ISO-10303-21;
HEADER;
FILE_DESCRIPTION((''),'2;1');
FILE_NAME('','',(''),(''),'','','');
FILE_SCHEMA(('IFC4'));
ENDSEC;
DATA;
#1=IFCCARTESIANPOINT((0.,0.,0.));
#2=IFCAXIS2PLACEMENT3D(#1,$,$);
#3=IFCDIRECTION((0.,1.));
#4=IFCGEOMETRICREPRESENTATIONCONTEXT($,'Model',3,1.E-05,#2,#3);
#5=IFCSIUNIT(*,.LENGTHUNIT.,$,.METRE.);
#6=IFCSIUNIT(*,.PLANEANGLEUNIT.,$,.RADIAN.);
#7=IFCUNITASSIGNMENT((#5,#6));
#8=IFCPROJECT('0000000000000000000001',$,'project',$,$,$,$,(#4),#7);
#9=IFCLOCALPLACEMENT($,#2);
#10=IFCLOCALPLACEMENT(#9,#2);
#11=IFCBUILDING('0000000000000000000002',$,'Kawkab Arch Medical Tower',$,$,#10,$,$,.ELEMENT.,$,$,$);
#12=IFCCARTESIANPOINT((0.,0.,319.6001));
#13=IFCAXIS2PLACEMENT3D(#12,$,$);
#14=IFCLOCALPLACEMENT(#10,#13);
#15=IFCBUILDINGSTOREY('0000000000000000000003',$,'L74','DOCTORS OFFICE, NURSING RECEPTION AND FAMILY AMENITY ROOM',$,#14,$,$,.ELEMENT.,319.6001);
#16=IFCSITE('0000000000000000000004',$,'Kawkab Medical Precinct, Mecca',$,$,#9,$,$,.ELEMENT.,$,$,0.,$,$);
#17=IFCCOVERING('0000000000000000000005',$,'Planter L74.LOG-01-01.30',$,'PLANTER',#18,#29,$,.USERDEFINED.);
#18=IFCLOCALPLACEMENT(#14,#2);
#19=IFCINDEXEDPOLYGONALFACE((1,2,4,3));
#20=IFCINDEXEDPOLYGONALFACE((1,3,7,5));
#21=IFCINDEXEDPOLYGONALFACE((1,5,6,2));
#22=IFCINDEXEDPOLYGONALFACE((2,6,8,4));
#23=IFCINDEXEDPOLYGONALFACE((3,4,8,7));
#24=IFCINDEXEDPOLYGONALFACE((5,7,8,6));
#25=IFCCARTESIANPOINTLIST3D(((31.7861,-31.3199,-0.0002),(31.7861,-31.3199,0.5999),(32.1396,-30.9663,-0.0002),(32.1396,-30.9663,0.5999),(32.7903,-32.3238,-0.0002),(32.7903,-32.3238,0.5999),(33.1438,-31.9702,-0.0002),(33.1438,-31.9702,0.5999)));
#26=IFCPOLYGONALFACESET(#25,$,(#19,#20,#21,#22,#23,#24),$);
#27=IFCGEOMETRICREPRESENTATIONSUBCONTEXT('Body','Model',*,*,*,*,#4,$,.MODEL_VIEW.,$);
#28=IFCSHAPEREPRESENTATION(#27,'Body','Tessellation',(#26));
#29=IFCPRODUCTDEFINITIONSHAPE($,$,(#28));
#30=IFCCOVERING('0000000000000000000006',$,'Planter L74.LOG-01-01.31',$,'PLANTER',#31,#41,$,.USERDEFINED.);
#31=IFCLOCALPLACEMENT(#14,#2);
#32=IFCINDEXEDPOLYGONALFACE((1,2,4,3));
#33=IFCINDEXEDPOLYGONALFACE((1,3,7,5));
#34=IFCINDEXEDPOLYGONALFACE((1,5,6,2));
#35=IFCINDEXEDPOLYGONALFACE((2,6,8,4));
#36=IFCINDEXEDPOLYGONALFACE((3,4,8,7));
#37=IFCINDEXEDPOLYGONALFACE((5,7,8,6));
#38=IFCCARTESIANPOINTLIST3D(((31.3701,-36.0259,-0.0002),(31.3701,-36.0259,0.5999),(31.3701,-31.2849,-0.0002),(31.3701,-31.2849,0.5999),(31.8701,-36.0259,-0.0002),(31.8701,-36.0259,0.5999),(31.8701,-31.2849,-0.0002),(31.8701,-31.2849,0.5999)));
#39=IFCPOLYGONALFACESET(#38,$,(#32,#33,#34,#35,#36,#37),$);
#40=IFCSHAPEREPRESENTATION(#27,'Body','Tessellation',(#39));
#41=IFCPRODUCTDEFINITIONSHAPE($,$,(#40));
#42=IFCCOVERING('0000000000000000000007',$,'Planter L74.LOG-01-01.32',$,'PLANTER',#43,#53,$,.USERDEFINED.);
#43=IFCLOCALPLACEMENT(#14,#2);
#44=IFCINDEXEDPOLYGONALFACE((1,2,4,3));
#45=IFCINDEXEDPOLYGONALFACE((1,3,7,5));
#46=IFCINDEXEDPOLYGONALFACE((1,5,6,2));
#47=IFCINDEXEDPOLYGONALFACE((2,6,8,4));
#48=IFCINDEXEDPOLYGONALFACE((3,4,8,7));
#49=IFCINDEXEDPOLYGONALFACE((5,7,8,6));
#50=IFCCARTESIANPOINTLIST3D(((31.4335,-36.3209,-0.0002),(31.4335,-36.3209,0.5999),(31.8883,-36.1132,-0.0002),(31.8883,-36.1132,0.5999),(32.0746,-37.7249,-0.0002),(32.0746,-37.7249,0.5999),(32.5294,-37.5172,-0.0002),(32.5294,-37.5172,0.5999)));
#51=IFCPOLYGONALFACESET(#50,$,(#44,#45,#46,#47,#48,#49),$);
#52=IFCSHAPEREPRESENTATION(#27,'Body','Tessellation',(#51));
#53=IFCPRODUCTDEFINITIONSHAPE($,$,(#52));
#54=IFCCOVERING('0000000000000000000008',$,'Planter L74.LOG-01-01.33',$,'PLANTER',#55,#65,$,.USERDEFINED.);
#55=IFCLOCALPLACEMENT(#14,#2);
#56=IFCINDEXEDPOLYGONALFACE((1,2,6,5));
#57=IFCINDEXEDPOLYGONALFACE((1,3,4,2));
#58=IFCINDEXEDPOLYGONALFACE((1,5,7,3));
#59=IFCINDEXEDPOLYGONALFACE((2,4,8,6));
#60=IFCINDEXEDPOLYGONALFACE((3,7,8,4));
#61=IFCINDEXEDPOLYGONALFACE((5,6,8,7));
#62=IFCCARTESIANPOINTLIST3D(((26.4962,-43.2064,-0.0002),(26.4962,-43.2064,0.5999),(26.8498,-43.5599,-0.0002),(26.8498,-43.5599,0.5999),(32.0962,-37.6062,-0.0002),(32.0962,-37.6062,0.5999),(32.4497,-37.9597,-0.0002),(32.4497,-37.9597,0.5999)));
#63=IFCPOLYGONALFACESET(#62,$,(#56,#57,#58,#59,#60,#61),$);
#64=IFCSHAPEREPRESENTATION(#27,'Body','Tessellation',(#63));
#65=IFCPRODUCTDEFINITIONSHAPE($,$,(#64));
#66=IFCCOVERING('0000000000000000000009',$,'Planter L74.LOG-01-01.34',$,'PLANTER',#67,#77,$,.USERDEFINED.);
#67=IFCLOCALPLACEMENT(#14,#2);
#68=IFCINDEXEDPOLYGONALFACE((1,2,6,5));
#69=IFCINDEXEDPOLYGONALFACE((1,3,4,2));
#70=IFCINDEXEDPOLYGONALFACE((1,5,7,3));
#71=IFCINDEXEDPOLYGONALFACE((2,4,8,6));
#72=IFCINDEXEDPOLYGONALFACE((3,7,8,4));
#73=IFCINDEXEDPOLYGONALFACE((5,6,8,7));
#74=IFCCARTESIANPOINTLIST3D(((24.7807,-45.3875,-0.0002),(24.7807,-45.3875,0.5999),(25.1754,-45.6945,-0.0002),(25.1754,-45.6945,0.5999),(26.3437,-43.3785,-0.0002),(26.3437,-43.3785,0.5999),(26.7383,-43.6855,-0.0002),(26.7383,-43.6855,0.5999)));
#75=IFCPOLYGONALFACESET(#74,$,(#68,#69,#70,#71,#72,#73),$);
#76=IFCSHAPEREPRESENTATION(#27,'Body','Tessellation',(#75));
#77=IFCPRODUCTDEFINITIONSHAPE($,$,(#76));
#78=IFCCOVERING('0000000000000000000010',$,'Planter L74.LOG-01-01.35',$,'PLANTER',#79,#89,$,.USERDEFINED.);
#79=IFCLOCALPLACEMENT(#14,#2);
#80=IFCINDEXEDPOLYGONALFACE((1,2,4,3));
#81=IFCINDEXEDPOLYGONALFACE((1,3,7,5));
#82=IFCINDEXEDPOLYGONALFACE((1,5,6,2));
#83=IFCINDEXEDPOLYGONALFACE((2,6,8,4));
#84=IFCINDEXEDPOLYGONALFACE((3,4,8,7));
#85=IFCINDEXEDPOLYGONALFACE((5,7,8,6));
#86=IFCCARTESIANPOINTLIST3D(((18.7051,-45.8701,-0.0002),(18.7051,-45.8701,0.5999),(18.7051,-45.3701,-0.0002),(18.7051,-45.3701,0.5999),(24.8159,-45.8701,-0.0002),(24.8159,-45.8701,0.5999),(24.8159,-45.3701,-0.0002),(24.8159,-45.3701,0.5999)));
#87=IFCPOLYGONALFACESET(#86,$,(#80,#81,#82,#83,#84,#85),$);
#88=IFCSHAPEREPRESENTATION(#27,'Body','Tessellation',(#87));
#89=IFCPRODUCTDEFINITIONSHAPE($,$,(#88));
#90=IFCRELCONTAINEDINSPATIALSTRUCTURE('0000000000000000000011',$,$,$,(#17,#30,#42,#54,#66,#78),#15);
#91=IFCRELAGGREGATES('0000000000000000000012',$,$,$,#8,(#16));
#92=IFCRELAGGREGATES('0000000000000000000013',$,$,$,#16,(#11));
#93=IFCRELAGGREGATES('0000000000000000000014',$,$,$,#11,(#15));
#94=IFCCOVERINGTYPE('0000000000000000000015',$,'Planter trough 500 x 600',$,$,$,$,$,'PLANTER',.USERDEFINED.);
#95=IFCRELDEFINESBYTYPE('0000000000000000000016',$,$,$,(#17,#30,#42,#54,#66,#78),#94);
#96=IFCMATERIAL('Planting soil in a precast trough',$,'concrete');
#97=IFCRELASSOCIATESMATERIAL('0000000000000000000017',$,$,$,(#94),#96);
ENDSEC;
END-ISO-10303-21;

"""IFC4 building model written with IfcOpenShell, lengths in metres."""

from ifc_helpers import new_model, si_unit, direction, frame, origin, origin_2d, place, context, subcontext, project, spatial, rectangle, extrude, material, material_profile, profile_set, type_object, element, save


model = new_model("IFC4")

# Units and contexts
model_context = context("Model", 3, precision=1e-05, world=origin(), true_north=direction((0.0, 1.0)))
body_context = subcontext(model_context, "Body", "Model", "MODEL_VIEW")
ifc_project = project(units=[si_unit("LENGTHUNIT", "METRE"), si_unit("PLANEANGLEUNIT", "RADIAN")], contexts=[model_context])

# Site, building, storey
site_placement = place(None, origin())
site = spatial("IfcSite", under=ifc_project, at=site_placement, Name="Kawkab Medical Precinct, Mecca", CompositionType="ELEMENT", RefElevation=0.0)
building_placement = place(site_placement, origin())
building = spatial("IfcBuilding", under=site, at=building_placement, Name="Kawkab Arch Medical Tower", CompositionType="ELEMENT")
storey_placement = place(building_placement, frame((0.0, 0.0, 319.6001)))
storey = spatial("IfcBuildingStorey", under=building, at=storey_placement, Name="L74", Description="DOCTORS OFFICE, NURSING RECEPTION AND FAMILY AMENITY ROOM", CompositionType="ELEMENT", Elevation=319.6001)

# Coverings
ifc_material_1 = material(Name="Planting soil in a precast trough", Category="concrete")
ifc_material_profile_1 = material_profile(ifc_material_1, rectangle(XDim=0.5, YDim=0.6001, at=origin_2d()), Name="Trough 500x600")
ifc_profile_set_1 = profile_set([ifc_material_profile_1], Name="Planting soil in a precast trough")
covering_type_1 = type_object("IfcCoveringType", Name="Planter trough 500 x 600", ElementType="PLANTER", PredefinedType="USERDEFINED", material=ifc_profile_set_1)
covering_1_placement = place(storey_placement, frame((32.967, -32.147, 0.2998), z_axis=(-0.707193, 0.707021, 0.0), x_axis=(-0.707021, -0.707193, 0.0)))
element("IfcCovering", 1, at=covering_1_placement, inside=storey, type_object=covering_type_1, Name="Planter L74.LOG-01-01.30", ObjectType="PLANTER", PredefinedType="USERDEFINED", context=body_context, shape_type="SweptSolid", body=[
    extrude(rectangle(XDim=0.5, YDim=0.6001, at=origin_2d()), origin(), (0.0, 0.0, 1.0), 1.4199),
])
covering_2_placement = place(storey_placement, frame((31.6201, -31.2849, 0.2998), z_axis=(0.0, -1.0, 0.0), x_axis=(1.0, 0.0, 0.0)))
element("IfcCovering", 2, at=covering_2_placement, inside=storey, type_object=covering_type_1, Name="Planter L74.LOG-01-01.31", ObjectType="PLANTER", PredefinedType="USERDEFINED", context=body_context, shape_type="SweptSolid", body=[
    extrude(rectangle(XDim=0.5, YDim=0.6001, at=origin_2d()), origin(), (0.0, 0.0, 1.0), 4.741),
])
covering_3_placement = place(storey_placement, frame((31.6609, -36.217, 0.2998), z_axis=(0.415363, -0.909656, 0.0), x_axis=(0.909656, 0.415363, 0.0)))
element("IfcCovering", 3, at=covering_3_placement, inside=storey, type_object=covering_type_1, Name="Planter L74.LOG-01-01.32", ObjectType="PLANTER", PredefinedType="USERDEFINED", context=body_context, shape_type="SweptSolid", body=[
    extrude(rectangle(XDim=0.5, YDim=0.6001, at=origin_2d()), origin(), (0.0, 0.0, 1.0), 1.5435),
])
covering_4_placement = place(storey_placement, frame((32.2729, -37.783, 0.2998), z_axis=(-0.707091, -0.707122, 0.0), x_axis=(0.707122, -0.707091, 0.0)))
element("IfcCovering", 4, at=covering_4_placement, inside=storey, type_object=covering_type_1, Name="Planter L74.LOG-01-01.33", ObjectType="PLANTER", PredefinedType="USERDEFINED", context=body_context, shape_type="SweptSolid", body=[
    extrude(rectangle(XDim=0.5, YDim=0.6001, at=origin_2d()), origin(), (0.0, 0.0, 1.0), 7.9197),
])
covering_5_placement = place(storey_placement, frame((26.541, -43.532, 0.2998), z_axis=(-0.61404, -0.789275, 0.0), x_axis=(0.789275, -0.61404, 0.0)))
element("IfcCovering", 5, at=covering_5_placement, inside=storey, type_object=covering_type_1, Name="Planter L74.LOG-01-01.34", ObjectType="PLANTER", PredefinedType="USERDEFINED", context=body_context, shape_type="SweptSolid", body=[
    extrude(rectangle(XDim=0.5, YDim=0.6001, at=origin_2d()), origin(), (0.0, 0.0, 1.0), 2.5454),
])
covering_6_placement = place(storey_placement, frame((24.8159, -45.6201, 0.2998), z_axis=(-1.0, 0.0, 0.0), x_axis=(0.0, -1.0, 0.0)))
element("IfcCovering", 6, at=covering_6_placement, inside=storey, type_object=covering_type_1, Name="Planter L74.LOG-01-01.35", ObjectType="PLANTER", PredefinedType="USERDEFINED", context=body_context, shape_type="SweptSolid", body=[
    extrude(rectangle(XDim=0.5, YDim=0.6001, at=origin_2d()), origin(), (0.0, 0.0, 1.0), 6.1108),
])

save(model, "model.ifc")
